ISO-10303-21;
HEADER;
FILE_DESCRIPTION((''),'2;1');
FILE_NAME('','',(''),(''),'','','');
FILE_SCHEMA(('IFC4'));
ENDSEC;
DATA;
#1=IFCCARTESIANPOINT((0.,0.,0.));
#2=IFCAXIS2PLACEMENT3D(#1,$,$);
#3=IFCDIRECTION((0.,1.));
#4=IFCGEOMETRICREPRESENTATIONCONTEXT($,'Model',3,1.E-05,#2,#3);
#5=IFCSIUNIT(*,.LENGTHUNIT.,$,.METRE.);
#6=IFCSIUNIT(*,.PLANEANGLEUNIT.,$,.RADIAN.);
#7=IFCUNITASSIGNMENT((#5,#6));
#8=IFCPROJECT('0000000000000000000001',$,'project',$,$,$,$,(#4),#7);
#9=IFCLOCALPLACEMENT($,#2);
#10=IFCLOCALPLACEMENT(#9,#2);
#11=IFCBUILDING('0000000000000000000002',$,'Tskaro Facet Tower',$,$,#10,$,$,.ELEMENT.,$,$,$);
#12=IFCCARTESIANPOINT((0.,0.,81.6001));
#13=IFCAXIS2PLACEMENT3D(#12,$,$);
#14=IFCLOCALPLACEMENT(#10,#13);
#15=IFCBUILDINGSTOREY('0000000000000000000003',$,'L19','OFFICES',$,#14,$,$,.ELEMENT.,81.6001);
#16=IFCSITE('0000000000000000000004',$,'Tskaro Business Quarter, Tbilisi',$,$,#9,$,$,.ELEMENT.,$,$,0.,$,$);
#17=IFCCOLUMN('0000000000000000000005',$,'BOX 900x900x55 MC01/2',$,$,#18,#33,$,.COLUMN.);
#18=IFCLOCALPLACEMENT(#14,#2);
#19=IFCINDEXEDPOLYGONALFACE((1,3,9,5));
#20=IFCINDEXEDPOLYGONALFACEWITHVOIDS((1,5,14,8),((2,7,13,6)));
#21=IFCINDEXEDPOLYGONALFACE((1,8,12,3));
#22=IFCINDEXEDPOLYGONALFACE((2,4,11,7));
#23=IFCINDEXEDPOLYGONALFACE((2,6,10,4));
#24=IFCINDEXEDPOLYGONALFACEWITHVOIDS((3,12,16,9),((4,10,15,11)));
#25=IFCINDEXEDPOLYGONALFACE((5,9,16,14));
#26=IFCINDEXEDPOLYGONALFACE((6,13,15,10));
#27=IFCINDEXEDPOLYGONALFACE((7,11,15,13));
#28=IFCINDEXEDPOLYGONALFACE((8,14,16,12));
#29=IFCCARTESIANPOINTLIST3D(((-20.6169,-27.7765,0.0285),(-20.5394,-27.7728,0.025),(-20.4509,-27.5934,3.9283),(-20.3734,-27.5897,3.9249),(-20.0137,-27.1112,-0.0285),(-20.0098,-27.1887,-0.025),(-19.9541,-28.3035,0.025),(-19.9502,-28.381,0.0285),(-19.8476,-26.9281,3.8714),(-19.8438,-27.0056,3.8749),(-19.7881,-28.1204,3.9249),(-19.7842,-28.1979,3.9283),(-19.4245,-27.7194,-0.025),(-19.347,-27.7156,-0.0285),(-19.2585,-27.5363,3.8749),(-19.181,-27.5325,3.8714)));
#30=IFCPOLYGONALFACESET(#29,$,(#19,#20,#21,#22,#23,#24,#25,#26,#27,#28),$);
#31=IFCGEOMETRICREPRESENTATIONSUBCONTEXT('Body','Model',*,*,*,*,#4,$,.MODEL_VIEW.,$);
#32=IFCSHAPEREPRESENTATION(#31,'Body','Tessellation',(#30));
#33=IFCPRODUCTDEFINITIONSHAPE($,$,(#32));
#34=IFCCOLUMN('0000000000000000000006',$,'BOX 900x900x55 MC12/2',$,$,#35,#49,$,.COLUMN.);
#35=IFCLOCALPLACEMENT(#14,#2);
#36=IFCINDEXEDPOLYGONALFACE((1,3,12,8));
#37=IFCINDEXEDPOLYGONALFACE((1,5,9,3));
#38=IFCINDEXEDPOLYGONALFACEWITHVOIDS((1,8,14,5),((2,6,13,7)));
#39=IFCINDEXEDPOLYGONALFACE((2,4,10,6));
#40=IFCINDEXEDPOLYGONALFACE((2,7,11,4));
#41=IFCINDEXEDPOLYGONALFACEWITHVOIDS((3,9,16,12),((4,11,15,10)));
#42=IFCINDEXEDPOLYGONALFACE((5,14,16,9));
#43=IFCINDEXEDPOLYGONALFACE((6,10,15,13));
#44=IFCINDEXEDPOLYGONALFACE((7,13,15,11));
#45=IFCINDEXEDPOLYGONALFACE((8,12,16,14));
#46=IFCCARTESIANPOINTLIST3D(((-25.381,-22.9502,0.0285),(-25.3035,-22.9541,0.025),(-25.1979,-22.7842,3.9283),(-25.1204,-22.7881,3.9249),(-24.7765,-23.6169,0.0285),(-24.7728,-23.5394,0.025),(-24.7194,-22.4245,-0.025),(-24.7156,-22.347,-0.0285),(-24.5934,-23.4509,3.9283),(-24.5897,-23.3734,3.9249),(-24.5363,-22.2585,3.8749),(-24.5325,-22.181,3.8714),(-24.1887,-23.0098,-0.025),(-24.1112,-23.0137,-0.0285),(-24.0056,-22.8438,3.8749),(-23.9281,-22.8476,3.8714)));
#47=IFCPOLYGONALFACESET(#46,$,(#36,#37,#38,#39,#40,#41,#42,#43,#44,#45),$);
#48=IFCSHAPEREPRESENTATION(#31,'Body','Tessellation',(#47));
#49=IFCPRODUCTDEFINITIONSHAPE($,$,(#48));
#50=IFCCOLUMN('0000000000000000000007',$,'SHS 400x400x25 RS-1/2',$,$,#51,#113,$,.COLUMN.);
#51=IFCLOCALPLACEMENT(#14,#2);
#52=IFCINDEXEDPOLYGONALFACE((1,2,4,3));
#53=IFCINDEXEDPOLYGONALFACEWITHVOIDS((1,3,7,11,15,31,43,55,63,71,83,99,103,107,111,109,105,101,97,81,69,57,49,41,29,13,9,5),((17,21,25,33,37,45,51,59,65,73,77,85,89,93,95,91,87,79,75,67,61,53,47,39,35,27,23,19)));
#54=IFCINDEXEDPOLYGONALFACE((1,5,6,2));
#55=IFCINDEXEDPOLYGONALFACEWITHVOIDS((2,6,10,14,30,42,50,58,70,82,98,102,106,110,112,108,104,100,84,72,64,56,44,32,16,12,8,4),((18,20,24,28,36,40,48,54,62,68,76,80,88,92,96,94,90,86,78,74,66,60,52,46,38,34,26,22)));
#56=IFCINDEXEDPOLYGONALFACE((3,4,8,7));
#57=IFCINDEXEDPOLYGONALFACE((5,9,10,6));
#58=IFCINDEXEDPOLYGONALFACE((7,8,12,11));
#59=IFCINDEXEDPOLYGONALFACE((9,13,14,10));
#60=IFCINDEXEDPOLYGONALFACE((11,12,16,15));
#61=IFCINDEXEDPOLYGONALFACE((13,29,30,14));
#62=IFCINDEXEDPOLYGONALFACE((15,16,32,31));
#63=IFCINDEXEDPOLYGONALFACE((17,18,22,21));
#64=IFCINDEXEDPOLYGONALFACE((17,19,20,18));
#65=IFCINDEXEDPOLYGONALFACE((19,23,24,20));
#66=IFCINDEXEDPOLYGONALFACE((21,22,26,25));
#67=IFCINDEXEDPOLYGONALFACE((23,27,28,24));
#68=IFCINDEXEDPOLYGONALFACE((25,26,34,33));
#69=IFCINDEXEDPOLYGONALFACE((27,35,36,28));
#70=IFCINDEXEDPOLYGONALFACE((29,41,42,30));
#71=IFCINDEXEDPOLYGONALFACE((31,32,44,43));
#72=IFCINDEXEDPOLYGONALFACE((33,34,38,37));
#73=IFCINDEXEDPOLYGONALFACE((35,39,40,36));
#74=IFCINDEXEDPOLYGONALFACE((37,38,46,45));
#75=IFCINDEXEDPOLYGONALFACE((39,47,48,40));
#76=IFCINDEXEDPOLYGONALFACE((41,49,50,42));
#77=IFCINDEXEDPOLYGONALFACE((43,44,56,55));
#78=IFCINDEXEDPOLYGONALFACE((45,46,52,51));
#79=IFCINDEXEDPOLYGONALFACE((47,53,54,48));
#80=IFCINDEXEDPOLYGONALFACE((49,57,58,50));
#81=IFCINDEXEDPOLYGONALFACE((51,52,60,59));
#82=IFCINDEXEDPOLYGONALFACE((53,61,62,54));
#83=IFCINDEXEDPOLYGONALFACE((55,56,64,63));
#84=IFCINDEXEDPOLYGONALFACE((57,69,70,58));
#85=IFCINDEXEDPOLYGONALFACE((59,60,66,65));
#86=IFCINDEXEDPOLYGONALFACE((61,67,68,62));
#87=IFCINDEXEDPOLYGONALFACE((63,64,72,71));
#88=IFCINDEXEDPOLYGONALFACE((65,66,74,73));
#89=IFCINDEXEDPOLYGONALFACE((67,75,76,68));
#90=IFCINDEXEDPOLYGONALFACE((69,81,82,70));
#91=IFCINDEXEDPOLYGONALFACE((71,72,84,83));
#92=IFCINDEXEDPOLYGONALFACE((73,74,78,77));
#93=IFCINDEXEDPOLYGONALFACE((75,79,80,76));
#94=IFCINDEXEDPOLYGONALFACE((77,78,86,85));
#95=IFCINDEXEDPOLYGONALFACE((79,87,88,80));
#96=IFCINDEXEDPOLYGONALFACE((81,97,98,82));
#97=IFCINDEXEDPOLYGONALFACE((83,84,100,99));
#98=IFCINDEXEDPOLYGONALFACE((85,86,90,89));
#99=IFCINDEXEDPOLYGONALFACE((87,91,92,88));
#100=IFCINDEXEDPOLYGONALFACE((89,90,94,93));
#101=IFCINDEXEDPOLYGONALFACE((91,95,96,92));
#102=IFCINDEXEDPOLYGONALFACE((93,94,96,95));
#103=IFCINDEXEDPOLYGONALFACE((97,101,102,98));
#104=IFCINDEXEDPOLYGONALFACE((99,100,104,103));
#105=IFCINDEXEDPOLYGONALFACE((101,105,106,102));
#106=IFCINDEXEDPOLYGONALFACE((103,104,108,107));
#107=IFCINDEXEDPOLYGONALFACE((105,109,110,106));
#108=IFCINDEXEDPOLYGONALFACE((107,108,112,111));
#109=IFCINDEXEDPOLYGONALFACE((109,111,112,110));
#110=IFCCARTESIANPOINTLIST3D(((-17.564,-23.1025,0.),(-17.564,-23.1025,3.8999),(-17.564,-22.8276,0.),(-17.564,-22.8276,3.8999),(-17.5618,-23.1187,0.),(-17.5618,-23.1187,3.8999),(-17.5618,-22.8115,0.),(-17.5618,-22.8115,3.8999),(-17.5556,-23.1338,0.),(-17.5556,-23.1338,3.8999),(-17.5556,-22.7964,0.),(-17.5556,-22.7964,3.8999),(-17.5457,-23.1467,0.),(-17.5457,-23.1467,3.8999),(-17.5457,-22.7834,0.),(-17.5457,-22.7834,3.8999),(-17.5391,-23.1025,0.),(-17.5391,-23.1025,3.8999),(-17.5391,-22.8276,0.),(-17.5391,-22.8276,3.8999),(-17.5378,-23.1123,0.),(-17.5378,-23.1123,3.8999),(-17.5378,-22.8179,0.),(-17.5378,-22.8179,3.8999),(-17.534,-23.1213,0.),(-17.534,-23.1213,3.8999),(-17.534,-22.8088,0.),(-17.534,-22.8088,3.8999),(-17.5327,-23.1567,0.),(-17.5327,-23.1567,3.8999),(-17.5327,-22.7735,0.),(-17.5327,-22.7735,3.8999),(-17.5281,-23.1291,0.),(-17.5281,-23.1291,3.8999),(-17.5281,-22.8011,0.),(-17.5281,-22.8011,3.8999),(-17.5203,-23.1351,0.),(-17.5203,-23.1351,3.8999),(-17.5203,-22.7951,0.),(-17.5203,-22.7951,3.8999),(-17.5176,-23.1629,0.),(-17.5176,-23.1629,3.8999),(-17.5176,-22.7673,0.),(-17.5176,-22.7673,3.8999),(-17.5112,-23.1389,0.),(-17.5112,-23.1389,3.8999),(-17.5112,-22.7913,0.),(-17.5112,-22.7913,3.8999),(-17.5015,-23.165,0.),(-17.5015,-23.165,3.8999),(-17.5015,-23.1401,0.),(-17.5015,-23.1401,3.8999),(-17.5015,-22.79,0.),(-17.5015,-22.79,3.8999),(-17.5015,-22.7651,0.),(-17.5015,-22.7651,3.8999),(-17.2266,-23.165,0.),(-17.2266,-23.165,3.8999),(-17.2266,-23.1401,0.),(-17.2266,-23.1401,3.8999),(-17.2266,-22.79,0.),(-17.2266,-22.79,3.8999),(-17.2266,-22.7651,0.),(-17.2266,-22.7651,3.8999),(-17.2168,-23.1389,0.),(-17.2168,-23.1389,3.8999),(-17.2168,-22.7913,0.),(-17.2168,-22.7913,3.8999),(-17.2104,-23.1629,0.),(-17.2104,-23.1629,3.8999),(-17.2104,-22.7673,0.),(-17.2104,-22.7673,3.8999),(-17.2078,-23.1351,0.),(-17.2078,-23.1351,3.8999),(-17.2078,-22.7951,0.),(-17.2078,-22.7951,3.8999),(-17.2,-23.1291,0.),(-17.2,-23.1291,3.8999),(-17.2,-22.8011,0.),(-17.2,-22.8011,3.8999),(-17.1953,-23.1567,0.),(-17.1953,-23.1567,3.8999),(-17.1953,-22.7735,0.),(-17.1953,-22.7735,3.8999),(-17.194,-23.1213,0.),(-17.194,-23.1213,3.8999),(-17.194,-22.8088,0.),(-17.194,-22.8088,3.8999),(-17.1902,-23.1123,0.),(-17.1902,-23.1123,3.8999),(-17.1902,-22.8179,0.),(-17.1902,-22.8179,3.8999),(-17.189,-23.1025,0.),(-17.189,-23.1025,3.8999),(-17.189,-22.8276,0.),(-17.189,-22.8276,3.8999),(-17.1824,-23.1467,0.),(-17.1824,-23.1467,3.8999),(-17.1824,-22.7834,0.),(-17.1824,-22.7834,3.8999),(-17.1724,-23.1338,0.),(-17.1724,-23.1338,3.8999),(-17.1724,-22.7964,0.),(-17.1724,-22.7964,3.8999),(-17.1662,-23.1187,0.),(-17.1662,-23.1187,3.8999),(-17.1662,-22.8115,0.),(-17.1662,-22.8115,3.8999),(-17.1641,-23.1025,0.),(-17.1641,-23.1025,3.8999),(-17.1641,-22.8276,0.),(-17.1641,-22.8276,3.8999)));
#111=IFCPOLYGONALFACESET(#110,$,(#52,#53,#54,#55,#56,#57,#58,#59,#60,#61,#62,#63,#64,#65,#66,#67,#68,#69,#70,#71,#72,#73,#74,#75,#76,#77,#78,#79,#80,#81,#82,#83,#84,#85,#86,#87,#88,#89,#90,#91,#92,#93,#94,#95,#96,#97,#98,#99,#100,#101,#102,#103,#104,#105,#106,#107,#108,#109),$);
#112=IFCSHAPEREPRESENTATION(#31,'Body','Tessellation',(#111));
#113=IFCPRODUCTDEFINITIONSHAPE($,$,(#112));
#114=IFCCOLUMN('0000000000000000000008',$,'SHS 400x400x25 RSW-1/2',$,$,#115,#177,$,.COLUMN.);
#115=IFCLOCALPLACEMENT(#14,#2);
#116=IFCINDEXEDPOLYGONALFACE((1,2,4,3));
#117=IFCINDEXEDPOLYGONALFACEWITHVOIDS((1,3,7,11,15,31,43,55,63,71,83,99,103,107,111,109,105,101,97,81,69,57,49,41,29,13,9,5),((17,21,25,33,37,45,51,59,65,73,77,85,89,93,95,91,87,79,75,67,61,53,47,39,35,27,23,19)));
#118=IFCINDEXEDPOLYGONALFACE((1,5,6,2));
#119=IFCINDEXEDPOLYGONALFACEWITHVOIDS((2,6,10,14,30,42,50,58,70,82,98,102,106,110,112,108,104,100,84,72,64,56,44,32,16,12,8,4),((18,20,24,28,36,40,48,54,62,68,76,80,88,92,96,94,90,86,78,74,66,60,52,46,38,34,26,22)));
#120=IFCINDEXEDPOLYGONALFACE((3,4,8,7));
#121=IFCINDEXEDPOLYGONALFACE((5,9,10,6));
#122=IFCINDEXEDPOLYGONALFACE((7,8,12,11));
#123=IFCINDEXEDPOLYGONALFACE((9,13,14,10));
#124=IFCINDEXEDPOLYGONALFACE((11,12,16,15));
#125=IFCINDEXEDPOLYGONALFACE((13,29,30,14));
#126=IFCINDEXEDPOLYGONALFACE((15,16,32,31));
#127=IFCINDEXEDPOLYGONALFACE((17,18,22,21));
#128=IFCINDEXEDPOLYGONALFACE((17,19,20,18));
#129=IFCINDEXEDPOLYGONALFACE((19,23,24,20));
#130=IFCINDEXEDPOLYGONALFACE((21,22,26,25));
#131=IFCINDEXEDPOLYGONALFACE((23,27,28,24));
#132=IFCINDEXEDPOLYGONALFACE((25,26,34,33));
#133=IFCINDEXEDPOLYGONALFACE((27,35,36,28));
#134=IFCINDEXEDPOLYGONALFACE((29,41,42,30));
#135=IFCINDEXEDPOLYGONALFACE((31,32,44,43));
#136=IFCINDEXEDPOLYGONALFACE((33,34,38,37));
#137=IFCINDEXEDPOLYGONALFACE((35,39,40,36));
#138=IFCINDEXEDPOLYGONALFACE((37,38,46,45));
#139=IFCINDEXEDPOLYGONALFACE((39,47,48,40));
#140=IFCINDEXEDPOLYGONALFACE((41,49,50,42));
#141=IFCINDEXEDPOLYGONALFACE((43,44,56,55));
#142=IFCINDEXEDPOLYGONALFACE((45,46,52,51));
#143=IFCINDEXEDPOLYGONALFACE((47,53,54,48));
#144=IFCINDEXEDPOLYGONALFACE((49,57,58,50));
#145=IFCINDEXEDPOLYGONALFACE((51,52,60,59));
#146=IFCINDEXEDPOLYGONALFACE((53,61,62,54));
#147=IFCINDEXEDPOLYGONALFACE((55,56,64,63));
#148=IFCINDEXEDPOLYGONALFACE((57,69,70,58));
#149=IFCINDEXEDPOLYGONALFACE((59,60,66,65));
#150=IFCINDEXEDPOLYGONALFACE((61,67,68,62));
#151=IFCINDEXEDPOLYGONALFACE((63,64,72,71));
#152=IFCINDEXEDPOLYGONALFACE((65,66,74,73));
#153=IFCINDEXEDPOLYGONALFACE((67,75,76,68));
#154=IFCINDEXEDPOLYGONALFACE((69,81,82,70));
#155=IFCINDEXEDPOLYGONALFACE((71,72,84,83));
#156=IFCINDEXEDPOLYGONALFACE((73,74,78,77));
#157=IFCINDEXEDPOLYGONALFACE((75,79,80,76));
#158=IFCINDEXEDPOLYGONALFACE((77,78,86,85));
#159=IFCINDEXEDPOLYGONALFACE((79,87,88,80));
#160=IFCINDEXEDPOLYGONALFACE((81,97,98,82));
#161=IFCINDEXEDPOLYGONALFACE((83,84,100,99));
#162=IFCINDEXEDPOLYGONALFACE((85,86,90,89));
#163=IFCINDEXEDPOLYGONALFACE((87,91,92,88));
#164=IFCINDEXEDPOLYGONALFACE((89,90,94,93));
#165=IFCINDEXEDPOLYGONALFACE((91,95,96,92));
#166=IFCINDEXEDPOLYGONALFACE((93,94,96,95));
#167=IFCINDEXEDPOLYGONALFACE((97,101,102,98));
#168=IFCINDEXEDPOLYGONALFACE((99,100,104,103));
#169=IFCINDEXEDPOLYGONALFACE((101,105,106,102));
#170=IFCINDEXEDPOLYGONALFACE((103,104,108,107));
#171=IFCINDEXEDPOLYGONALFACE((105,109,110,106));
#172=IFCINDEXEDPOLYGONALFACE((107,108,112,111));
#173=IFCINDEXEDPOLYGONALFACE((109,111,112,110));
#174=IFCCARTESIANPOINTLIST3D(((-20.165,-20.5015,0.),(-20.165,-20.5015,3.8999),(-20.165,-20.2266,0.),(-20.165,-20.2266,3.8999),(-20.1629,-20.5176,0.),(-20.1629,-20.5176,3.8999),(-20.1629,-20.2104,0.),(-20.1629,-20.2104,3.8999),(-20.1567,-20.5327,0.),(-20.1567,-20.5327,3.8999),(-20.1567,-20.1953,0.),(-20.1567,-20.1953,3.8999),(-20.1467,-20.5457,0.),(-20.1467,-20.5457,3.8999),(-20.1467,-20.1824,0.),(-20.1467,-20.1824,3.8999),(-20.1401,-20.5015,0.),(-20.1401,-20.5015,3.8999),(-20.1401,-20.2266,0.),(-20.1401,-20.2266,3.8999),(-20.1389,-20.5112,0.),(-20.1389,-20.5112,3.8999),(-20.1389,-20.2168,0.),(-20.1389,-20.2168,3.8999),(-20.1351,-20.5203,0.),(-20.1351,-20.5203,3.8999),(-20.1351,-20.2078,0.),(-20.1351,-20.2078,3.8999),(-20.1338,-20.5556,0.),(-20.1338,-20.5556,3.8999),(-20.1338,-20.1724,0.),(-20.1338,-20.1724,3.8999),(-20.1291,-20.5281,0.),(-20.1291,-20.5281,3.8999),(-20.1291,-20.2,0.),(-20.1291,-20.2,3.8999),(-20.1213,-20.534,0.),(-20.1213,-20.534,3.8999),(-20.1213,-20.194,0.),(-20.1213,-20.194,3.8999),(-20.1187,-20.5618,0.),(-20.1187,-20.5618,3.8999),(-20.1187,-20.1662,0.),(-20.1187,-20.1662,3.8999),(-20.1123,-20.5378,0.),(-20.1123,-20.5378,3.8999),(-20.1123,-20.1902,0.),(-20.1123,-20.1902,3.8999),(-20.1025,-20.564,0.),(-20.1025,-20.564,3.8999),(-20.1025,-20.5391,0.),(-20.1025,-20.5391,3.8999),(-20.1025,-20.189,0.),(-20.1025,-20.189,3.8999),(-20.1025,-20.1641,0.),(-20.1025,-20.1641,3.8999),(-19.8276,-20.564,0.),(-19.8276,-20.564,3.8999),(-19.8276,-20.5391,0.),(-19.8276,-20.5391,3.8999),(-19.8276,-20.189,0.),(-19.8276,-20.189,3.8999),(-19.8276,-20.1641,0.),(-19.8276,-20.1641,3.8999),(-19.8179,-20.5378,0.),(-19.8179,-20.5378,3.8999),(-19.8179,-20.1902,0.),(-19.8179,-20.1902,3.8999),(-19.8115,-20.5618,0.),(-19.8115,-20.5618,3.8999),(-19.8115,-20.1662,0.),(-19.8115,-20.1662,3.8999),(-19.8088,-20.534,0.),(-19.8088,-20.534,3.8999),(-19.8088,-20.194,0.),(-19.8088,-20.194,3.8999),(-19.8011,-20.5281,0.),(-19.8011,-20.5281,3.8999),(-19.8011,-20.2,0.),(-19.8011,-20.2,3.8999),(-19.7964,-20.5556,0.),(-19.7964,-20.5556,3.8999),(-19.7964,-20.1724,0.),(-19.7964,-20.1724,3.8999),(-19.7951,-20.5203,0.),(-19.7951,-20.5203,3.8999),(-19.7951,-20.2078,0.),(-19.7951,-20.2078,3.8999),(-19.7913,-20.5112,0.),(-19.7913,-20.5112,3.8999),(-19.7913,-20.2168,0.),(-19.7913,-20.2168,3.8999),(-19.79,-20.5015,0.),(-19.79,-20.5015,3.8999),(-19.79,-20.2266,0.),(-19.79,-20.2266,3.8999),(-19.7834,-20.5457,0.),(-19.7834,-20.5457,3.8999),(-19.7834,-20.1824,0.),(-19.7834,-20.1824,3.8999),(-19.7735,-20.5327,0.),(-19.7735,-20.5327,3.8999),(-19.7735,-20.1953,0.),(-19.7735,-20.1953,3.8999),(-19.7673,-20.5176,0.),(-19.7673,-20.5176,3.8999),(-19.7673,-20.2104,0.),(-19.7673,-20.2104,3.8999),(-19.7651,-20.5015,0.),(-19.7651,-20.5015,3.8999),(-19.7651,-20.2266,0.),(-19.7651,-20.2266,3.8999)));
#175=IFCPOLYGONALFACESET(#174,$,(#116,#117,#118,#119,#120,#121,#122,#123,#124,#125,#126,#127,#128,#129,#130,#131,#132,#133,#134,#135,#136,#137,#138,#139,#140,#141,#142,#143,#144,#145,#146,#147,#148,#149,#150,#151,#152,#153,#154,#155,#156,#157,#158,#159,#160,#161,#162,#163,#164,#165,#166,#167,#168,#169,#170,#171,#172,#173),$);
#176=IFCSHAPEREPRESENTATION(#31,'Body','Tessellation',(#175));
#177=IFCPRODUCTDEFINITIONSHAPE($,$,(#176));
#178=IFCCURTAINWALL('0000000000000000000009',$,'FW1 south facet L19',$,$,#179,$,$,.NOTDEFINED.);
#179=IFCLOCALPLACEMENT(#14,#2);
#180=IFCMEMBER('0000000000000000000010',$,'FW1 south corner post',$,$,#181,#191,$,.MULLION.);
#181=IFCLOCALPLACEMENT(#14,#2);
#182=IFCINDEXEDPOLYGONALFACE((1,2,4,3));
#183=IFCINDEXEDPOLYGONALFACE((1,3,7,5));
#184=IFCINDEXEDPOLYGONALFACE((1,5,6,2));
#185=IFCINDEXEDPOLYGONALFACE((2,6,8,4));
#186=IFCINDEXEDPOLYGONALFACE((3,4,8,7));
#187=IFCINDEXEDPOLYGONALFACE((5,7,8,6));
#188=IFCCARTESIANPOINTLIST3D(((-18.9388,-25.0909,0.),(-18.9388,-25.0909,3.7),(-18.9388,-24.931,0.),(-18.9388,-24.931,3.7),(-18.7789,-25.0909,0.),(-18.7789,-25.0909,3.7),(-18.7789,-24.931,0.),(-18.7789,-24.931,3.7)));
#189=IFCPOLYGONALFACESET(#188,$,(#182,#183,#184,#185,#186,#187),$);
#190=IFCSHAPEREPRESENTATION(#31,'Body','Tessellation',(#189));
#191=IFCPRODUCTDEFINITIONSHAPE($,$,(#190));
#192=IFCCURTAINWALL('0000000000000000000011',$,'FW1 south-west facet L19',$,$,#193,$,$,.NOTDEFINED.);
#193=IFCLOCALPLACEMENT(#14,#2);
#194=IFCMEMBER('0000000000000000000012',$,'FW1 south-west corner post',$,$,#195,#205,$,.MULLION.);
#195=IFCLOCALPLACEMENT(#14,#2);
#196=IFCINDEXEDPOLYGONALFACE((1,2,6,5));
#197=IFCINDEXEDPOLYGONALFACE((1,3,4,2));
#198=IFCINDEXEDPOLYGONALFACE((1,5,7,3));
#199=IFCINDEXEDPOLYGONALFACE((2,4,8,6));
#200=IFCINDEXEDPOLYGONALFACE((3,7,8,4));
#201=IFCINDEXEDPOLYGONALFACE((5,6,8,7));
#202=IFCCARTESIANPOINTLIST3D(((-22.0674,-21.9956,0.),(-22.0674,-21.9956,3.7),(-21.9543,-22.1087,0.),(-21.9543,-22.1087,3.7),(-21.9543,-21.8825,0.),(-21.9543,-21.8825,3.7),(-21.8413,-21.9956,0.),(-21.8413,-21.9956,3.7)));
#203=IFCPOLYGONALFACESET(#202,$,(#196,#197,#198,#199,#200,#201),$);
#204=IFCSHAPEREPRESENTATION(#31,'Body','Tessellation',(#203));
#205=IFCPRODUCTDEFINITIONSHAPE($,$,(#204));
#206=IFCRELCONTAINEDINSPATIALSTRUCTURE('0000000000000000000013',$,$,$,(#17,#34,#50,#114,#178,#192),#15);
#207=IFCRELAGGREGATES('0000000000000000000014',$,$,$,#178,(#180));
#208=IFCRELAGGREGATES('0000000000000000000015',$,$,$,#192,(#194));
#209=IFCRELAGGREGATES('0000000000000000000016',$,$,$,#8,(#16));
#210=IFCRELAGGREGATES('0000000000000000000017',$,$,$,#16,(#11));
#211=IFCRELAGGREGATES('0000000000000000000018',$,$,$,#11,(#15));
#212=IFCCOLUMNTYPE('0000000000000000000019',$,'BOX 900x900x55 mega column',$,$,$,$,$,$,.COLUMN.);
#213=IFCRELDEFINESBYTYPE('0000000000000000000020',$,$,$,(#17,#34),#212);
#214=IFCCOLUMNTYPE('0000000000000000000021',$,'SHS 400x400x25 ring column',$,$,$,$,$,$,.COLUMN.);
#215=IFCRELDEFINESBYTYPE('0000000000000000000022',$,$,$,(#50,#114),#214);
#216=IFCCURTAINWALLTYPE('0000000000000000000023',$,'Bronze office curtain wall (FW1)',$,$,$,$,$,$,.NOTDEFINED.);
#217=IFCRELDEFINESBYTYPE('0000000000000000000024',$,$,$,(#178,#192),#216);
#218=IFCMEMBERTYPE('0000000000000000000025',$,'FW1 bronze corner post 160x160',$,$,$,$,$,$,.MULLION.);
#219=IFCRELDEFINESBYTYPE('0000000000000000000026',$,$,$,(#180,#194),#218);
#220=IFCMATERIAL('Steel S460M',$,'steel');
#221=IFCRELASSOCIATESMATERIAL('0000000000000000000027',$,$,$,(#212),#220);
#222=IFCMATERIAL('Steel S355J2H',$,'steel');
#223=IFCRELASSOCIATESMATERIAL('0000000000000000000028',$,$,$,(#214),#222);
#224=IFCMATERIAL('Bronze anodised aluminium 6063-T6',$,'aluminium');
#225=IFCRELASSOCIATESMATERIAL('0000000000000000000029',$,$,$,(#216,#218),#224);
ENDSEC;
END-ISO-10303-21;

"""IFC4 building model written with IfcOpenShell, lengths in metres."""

from ifc_helpers import new_model, si_unit, direction, frame, origin, origin_2d, place, context, subcontext, project, spatial, rectangle, hollow_rectangle, extrude, material, material_profile, profile_set, type_object, element, aggregate, save


model = new_model("IFC4")

# Units and contexts
model_context = context("Model", 3, precision=1e-05, world=origin(), true_north=direction((0.0, 1.0)))
body_context = subcontext(model_context, "Body", "Model", "MODEL_VIEW")
ifc_project = project(units=[si_unit("LENGTHUNIT", "METRE"), si_unit("PLANEANGLEUNIT", "RADIAN")], contexts=[model_context])

# Site, building, storey
site_placement = place(None, origin())
site = spatial("IfcSite", under=ifc_project, at=site_placement, Name="Tskaro Business Quarter, Tbilisi", CompositionType="ELEMENT", RefElevation=0.0)
building_placement = place(site_placement, origin())
building = spatial("IfcBuilding", under=site, at=building_placement, Name="Tskaro Facet Tower", CompositionType="ELEMENT")
storey_placement = place(building_placement, frame((0.0, 0.0, 81.6001)))
storey = spatial("IfcBuildingStorey", under=building, at=storey_placement, Name="L19", Description="OFFICES", CompositionType="ELEMENT", Elevation=81.6001)

# Columns
ifc_material_1 = material(Name="Steel S460M", Category="steel")
ifc_material_profile_1 = material_profile(ifc_material_1, hollow_rectangle(XDim=0.8999, YDim=0.8999, WallThickness=0.0549, at=origin_2d()), Name="BOX 900x900x55")
ifc_profile_set_1 = profile_set([ifc_material_profile_1], Name="Steel S460M")
column_type_1 = type_object("IfcColumnType", Name="BOX 900x900x55 mega column", PredefinedType="COLUMN", material=ifc_profile_set_1)
for number, where, z_axis, x_axis, name in (
    (1, (-19.9819, -27.7461, 0.0), (0.042484, 0.046857, 0.997998), (-0.740833, 0.671689, 0.0), "BOX 900x900x55 MC01/2"),
    (2, (-24.7461, -22.9819, 0.0), (0.046857, 0.042484, 0.997998), (-0.671689, 0.740833, 0.0), "BOX 900x900x55 MC12/2"),
):
    element("IfcColumn", number, at=place(storey_placement, frame(where, z_axis=z_axis, x_axis=x_axis)), inside=storey, type_object=column_type_1, Name=name, PredefinedType="COLUMN", context=body_context, shape_type="SweptSolid", body=[
        extrude(hollow_rectangle(XDim=0.8999, YDim=0.8999, WallThickness=0.0549, at=origin_2d()), origin(), (0.0, 0.0, 1.0), 3.9077),
    ])
ifc_material_2 = material(Name="Steel S355J2H", Category="steel")
ifc_material_profile_2 = material_profile(ifc_material_2, hollow_rectangle(XDim=0.3999, YDim=0.3999, WallThickness=0.0249, InnerFilletRadius=0.0376, OuterFilletRadius=0.0625, at=origin_2d()), Name="SHS 400x400x25")
ifc_profile_set_2 = profile_set([ifc_material_profile_2], Name="Steel S355J2H")
column_type_2 = type_object("IfcColumnType", Name="SHS 400x400x25 ring column", PredefinedType="COLUMN", material=ifc_profile_set_2)
for number, where, z_axis, x_axis, name in (
    (3, (-17.364, -22.9651, 0.0), (0.0, 0.0, 1.0), (1.0, 0.0, 0.0), "SHS 400x400x25 RS-1/2"),
    (4, (-19.9651, -20.364, 0.0), (0.0, 0.0, 1.0), (1.0, 0.0, 0.0), "SHS 400x400x25 RSW-1/2"),
):
    element("IfcColumn", number, at=place(storey_placement, frame(where, z_axis=z_axis, x_axis=x_axis)), inside=storey, type_object=column_type_2, Name=name, PredefinedType="COLUMN", context=body_context, shape_type="SweptSolid", body=[
        extrude(hollow_rectangle(XDim=0.3999, YDim=0.3999, WallThickness=0.0249, InnerFilletRadius=0.0376, OuterFilletRadius=0.0625, at=origin_2d()), origin(), (0.0, 0.0, 1.0), 3.8999),
    ])

# Curtain walls, members
ifc_material_3 = material(Name="Bronze anodised aluminium 6063-T6", Category="aluminium")
curtain_wall_type = type_object("IfcCurtainWallType", Name="Bronze office curtain wall (FW1)", PredefinedType="NOTDEFINED", material=ifc_material_3)
curtain_wall_1_placement = place(storey_placement, origin())
curtain_wall_1 = element("IfcCurtainWall", 5, at=curtain_wall_1_placement, inside=storey, type_object=curtain_wall_type, Name="FW1 south facet L19", PredefinedType="NOTDEFINED")
ifc_material_profile_3 = material_profile(ifc_material_3, rectangle(XDim=0.1599, YDim=0.1599, at=origin_2d()), Name="Corner post 160x160")
ifc_profile_set_3 = profile_set([ifc_material_profile_3], Name="Bronze anodised aluminium 6063-T6")
member_type_1 = type_object("IfcMemberType", Name="FW1 bronze corner post 160x160", PredefinedType="MULLION", material=ifc_profile_set_3)
member_1_placement = place(storey_placement, frame((-18.8589, -25.011, 0.0), z_axis=(0.0, 0.0, 1.0), x_axis=(1.0, 0.0, 0.0)))
member_1 = element("IfcMember", 6, at=member_1_placement, type_object=member_type_1, Name="FW1 south corner post", PredefinedType="MULLION", context=body_context, shape_type="SweptSolid", body=[
    extrude(rectangle(XDim=0.1599, YDim=0.1599, at=origin_2d()), origin(), (0.0, 0.0, 1.0), 3.7),
])
curtain_wall_2_placement = place(storey_placement, origin())
curtain_wall_2 = element("IfcCurtainWall", 7, at=curtain_wall_2_placement, inside=storey, type_object=curtain_wall_type, Name="FW1 south-west facet L19", PredefinedType="NOTDEFINED")
member_2_placement = place(storey_placement, frame((-21.9543, -21.9956, 0.0), z_axis=(0.0, 0.0, 1.0), x_axis=(0.707107, -0.707107, 0.0)))
member_2 = element("IfcMember", 8, at=member_2_placement, type_object=member_type_1, Name="FW1 south-west corner post", PredefinedType="MULLION", context=body_context, shape_type="SweptSolid", body=[
    extrude(rectangle(XDim=0.1599, YDim=0.1599, at=origin_2d()), origin(), (0.0, 0.0, 1.0), 3.7),
])

aggregate(curtain_wall_1, [member_1])
aggregate(curtain_wall_2, [member_2])

save(model, "model.ifc")
